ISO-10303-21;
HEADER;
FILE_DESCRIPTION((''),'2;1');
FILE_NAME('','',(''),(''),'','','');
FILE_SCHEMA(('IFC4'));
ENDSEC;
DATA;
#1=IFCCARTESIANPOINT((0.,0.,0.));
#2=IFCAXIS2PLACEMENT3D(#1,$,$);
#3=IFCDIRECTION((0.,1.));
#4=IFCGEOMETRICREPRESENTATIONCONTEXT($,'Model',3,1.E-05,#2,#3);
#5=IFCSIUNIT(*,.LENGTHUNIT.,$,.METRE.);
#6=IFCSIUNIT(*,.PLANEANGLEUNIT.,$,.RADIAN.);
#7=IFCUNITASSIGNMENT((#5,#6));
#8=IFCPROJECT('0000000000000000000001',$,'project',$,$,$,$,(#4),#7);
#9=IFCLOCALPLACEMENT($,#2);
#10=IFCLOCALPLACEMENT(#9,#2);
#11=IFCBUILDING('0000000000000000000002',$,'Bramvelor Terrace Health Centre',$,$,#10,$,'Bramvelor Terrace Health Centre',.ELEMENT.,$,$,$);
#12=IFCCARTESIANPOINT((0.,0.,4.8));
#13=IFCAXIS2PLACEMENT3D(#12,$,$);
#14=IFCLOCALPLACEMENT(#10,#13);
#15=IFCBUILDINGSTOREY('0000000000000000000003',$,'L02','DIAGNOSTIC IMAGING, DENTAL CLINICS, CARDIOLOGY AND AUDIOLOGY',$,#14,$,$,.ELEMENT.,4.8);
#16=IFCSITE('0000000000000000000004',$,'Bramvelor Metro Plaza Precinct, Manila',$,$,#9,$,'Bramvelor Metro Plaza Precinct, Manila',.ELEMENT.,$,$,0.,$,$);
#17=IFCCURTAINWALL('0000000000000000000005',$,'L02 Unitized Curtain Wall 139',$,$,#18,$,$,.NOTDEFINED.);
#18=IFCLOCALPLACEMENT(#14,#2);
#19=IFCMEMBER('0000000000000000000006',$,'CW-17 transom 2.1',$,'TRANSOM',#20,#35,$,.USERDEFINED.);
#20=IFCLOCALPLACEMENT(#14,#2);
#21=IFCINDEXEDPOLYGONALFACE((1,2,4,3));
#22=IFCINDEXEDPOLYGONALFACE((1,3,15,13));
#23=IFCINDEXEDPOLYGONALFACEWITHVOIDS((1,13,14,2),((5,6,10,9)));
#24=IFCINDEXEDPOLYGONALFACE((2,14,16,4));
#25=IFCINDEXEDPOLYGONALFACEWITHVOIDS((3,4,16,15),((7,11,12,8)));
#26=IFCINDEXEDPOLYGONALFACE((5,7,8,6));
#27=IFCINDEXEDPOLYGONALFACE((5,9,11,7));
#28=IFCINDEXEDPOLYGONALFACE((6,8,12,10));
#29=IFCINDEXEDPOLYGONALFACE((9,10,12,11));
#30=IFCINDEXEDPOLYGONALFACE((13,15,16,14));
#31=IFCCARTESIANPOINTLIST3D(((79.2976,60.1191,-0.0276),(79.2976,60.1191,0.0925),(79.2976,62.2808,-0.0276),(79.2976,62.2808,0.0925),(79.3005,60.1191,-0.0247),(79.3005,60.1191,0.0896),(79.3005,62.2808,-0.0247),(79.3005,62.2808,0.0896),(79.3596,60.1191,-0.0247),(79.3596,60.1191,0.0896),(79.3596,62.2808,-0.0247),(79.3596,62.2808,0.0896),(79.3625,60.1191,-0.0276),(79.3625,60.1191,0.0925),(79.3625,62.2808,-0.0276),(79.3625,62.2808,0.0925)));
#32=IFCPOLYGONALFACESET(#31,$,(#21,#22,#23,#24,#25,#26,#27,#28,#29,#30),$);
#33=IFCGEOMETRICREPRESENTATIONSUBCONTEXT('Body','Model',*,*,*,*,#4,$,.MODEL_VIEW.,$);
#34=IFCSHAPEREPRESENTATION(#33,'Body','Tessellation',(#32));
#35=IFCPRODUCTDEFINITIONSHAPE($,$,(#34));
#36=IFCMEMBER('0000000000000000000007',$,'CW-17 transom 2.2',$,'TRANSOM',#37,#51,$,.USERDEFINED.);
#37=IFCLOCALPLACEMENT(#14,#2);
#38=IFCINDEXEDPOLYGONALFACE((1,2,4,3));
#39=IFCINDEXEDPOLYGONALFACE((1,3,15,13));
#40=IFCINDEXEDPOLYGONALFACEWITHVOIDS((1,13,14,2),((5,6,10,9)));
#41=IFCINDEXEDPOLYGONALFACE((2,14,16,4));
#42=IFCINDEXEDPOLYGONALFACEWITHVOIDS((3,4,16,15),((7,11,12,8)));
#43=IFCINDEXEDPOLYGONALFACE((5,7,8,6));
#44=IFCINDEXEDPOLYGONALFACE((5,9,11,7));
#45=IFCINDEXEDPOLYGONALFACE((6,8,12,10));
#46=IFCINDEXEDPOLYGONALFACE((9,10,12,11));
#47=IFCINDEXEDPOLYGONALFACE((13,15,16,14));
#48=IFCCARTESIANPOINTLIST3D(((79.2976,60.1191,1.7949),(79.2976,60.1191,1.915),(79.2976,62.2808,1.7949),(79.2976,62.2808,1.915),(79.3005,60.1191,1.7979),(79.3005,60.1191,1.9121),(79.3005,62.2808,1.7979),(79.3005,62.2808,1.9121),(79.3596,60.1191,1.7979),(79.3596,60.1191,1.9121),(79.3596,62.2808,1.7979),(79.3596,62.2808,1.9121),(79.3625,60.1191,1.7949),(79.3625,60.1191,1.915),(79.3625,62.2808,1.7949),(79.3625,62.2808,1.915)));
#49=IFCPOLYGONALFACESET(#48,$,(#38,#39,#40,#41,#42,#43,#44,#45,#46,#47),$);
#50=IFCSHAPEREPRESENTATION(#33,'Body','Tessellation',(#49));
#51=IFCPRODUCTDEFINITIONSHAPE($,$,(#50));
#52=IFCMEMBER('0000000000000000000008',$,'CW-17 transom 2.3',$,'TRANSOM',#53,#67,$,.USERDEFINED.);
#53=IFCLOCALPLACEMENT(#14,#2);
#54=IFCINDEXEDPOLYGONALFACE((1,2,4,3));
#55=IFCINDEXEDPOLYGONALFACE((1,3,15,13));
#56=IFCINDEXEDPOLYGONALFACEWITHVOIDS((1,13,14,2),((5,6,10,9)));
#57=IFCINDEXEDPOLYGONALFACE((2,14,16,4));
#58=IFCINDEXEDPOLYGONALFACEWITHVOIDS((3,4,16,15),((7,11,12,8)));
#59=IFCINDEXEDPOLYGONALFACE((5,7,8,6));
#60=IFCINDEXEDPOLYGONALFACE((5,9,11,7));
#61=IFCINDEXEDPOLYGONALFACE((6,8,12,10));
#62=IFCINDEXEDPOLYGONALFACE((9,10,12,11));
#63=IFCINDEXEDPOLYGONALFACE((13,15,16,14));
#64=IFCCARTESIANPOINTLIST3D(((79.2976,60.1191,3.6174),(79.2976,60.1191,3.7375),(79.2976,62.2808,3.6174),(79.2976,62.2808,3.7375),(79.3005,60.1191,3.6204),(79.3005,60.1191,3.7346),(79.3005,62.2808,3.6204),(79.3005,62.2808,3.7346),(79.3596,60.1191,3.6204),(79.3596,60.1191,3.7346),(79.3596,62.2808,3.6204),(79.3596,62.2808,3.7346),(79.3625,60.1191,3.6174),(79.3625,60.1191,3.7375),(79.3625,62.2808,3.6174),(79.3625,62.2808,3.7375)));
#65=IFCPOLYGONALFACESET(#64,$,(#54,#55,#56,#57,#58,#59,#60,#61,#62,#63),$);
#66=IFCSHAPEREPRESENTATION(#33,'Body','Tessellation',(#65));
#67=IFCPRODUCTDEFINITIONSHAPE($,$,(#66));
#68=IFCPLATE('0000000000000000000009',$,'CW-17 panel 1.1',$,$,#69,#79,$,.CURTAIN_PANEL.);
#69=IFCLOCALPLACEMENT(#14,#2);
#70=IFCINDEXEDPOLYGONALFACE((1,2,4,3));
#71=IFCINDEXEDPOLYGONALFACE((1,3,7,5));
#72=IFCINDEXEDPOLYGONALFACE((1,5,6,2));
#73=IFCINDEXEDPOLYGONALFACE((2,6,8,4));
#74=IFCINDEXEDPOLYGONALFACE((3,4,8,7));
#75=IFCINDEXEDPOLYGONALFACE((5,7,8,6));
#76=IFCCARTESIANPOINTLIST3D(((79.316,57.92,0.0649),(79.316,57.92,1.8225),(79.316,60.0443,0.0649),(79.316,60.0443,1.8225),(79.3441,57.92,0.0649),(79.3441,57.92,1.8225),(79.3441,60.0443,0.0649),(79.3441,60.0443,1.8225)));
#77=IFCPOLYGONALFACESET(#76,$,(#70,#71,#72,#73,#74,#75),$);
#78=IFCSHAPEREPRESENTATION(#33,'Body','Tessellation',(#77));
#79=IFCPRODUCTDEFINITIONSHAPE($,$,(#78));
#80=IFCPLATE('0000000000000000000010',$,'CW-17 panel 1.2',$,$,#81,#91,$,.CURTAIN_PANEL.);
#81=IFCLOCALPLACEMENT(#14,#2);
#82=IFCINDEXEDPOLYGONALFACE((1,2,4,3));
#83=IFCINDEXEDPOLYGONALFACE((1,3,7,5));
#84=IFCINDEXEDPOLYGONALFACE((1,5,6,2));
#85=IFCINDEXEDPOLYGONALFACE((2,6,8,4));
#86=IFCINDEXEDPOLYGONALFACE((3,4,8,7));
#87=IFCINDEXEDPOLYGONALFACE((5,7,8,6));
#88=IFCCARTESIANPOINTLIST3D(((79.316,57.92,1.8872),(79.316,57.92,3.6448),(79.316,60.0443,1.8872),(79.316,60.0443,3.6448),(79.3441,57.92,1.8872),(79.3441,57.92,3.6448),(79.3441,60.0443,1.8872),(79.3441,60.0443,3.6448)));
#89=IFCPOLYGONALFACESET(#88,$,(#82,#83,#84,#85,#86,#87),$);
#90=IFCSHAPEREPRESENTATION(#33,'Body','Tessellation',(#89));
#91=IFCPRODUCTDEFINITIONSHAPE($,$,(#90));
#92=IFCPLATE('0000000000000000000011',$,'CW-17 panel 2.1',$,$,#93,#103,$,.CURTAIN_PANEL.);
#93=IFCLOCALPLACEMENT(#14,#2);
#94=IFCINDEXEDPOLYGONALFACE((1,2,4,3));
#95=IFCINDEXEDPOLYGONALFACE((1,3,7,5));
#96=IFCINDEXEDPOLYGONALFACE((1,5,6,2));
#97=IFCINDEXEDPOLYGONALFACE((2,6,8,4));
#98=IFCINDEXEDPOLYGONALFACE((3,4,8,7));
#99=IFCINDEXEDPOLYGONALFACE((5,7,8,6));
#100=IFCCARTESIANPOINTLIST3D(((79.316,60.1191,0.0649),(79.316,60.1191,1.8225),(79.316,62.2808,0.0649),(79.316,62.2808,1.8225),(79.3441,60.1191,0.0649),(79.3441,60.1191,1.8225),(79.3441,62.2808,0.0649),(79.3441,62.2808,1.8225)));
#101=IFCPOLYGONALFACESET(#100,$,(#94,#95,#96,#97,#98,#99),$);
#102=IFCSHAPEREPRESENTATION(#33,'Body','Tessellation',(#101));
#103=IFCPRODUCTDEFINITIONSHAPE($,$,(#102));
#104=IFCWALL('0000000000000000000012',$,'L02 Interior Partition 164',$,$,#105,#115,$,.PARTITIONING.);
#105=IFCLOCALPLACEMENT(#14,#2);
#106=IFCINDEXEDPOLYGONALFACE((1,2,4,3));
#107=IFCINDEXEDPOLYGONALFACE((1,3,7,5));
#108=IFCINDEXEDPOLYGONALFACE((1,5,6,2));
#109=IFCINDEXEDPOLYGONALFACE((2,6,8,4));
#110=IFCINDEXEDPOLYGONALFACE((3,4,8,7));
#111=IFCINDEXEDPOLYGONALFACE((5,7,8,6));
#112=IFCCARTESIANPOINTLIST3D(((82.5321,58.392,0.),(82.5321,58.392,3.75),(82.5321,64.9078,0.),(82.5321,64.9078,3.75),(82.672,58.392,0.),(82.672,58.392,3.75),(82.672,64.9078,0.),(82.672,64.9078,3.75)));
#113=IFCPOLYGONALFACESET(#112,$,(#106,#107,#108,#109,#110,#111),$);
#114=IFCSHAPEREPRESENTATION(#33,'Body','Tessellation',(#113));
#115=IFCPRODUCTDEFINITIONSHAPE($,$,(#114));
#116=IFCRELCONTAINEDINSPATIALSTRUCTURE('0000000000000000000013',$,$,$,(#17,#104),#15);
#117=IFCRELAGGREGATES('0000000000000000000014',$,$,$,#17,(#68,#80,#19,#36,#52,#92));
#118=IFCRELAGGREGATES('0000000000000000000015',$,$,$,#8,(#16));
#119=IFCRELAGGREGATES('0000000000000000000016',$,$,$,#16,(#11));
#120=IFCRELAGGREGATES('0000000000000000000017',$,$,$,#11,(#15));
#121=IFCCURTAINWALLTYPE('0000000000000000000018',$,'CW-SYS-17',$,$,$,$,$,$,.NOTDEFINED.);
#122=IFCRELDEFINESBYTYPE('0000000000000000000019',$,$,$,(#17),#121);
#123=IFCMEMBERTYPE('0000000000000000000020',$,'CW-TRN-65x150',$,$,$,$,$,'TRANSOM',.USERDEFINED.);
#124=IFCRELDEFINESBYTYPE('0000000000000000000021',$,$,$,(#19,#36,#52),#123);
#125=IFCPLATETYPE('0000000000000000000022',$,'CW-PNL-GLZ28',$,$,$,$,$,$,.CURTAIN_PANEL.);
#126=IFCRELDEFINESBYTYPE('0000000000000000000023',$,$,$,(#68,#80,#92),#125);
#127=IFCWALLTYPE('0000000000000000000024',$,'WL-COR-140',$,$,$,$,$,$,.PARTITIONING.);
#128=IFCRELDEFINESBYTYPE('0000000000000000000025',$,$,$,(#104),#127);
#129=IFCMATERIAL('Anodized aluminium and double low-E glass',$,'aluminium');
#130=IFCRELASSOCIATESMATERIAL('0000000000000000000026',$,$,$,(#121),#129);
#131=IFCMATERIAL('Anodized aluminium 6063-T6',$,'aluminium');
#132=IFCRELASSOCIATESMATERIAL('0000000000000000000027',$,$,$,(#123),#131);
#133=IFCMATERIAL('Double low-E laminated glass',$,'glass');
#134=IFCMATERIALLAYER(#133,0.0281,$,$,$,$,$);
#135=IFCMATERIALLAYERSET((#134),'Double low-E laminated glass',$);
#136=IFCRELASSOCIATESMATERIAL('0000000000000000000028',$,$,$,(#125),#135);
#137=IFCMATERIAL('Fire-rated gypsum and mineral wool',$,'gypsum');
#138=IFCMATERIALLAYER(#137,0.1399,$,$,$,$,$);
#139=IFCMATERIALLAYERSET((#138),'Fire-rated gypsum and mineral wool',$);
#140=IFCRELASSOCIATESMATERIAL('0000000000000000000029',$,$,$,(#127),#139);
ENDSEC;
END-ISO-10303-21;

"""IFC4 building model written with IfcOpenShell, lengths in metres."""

from ifc_helpers import new_model, si_unit, direction, frame, frame_2d, origin, origin_2d, place, context, subcontext, project, spatial, rectangle, hollow_rectangle, extrude, material, layer, layer_set, material_profile, profile_set, type_object, element, aggregate, save


model = new_model("IFC4")

# Units and contexts
model_context = context("Model", 3, precision=1e-05, world=origin(), true_north=direction((0.0, 1.0)))
body_context = subcontext(model_context, "Body", "Model", "MODEL_VIEW")
ifc_project = project(units=[si_unit("LENGTHUNIT", "METRE"), si_unit("PLANEANGLEUNIT", "RADIAN")], contexts=[model_context])

# Site, building, storey
site_placement = place(None, origin())
site = spatial("IfcSite", under=ifc_project, at=site_placement, Name="Bramvelor Metro Plaza Precinct, Manila", LongName="Bramvelor Metro Plaza Precinct, Manila", CompositionType="ELEMENT", RefElevation=0.0)
building_placement = place(site_placement, origin())
building = spatial("IfcBuilding", under=site, at=building_placement, Name="Bramvelor Terrace Health Centre", LongName="Bramvelor Terrace Health Centre", CompositionType="ELEMENT")
storey_placement = place(building_placement, frame((0.0, 0.0, 4.8)))
storey = spatial("IfcBuildingStorey", under=building, at=storey_placement, Name="L02", Description="DIAGNOSTIC IMAGING, DENTAL CLINICS, CARDIOLOGY AND AUDIOLOGY", CompositionType="ELEMENT", Elevation=4.8)

# Curtain wall, members, plates
ifc_material_1 = material(Name="Anodized aluminium and double low-E glass", Category="aluminium")
curtain_wall_type = type_object("IfcCurtainWallType", Name="CW-SYS-17", PredefinedType="NOTDEFINED", material=ifc_material_1)
curtain_wall_placement = place(storey_placement, origin())
curtain_wall = element("IfcCurtainWall", 1, at=curtain_wall_placement, inside=storey, type_object=curtain_wall_type, Name="L02 Unitized Curtain Wall 139", PredefinedType="NOTDEFINED")
ifc_material_2 = material(Name="Anodized aluminium 6063-T6", Category="aluminium")
ifc_material_profile_1 = material_profile(ifc_material_2, hollow_rectangle(XDim=0.0649, YDim=0.1201, WallThickness=0.0029, at=origin_2d()), Name="ALU-TRN 65x120x3.0")
ifc_profile_set_1 = profile_set([ifc_material_profile_1], Name="Anodized aluminium 6063-T6")
member_type_1 = type_object("IfcMemberType", Name="CW-TRN-65x150", ElementType="TRANSOM", PredefinedType="USERDEFINED", material=ifc_profile_set_1)
member_1_placement = place(storey_placement, frame((79.3301, 60.1191, 0.0325), z_axis=(0.0, 1.0, 0.0), x_axis=(-1.0, 0.0, 0.0)))
member_1 = element("IfcMember", 2, at=member_1_placement, type_object=member_type_1, Name="CW-17 transom 2.1", ObjectType="TRANSOM", PredefinedType="USERDEFINED", context=body_context, shape_type="SweptSolid", body=[
    extrude(hollow_rectangle(XDim=0.0649, YDim=0.1201, WallThickness=0.0029, at=origin_2d()), origin(), (0.0, 0.0, 1.0), 2.1616),
])
member_2_placement = place(storey_placement, frame((79.3301, 60.1191, 1.855), z_axis=(0.0, 1.0, 0.0), x_axis=(-1.0, 0.0, 0.0)))
member_2 = element("IfcMember", 3, at=member_2_placement, type_object=member_type_1, Name="CW-17 transom 2.2", ObjectType="TRANSOM", PredefinedType="USERDEFINED", context=body_context, shape_type="SweptSolid", body=[
    extrude(hollow_rectangle(XDim=0.0649, YDim=0.1201, WallThickness=0.0029, at=origin_2d()), origin(), (0.0, 0.0, 1.0), 2.1616),
])
member_3_placement = place(storey_placement, frame((79.3301, 60.1191, 3.6775), z_axis=(0.0, 1.0, 0.0), x_axis=(-1.0, 0.0, 0.0)))
member_3 = element("IfcMember", 4, at=member_3_placement, type_object=member_type_1, Name="CW-17 transom 2.3", ObjectType="TRANSOM", PredefinedType="USERDEFINED", context=body_context, shape_type="SweptSolid", body=[
    extrude(hollow_rectangle(XDim=0.0649, YDim=0.1201, WallThickness=0.0029, at=origin_2d()), origin(), (0.0, 0.0, 1.0), 2.1616),
])
ifc_material_3 = material(Name="Double low-E laminated glass", Category="glass")
ifc_layer_1 = layer(ifc_material_3, 0.0281)
ifc_layer_set_1 = layer_set([ifc_layer_1], Name="Double low-E laminated glass")
plate_type = type_object("IfcPlateType", Name="CW-PNL-GLZ28", PredefinedType="CURTAIN_PANEL", material=ifc_layer_set_1)
plate_1_placement = place(storey_placement, frame((79.3301, 58.9822, 0.0649), z_axis=(0.0, 0.0, 1.0), x_axis=(0.0, 1.0, 0.0)))
plate_1 = element("IfcPlate", 5, at=plate_1_placement, type_object=plate_type, Name="CW-17 panel 1.1", PredefinedType="CURTAIN_PANEL", context=body_context, shape_type="SweptSolid", body=[
    extrude(rectangle(XDim=2.1243, YDim=0.0281, at=origin_2d()), origin(), (0.0, 0.0, 1.0), 1.7576),
])
plate_2_placement = place(storey_placement, frame((79.3301, 58.9822, 1.8872), z_axis=(0.0, 0.0, 1.0), x_axis=(0.0, 1.0, 0.0)))
plate_2 = element("IfcPlate", 6, at=plate_2_placement, type_object=plate_type, Name="CW-17 panel 1.2", PredefinedType="CURTAIN_PANEL", context=body_context, shape_type="SweptSolid", body=[
    extrude(rectangle(XDim=2.1243, YDim=0.0281, at=origin_2d()), origin(), (0.0, 0.0, 1.0), 1.7576),
])
plate_3_placement = place(storey_placement, frame((79.3301, 61.2, 0.0649), z_axis=(0.0, 0.0, 1.0), x_axis=(0.0, 1.0, 0.0)))
plate_3 = element("IfcPlate", 7, at=plate_3_placement, type_object=plate_type, Name="CW-17 panel 2.1", PredefinedType="CURTAIN_PANEL", context=body_context, shape_type="SweptSolid", body=[
    extrude(rectangle(XDim=2.1616, YDim=0.0281, at=origin_2d()), origin(), (0.0, 0.0, 1.0), 1.7576),
])
aggregate(curtain_wall, [plate_1, plate_2, member_1, member_2, member_3, plate_3])

# Wall
ifc_material_4 = material(Name="Fire-rated gypsum and mineral wool", Category="gypsum")
ifc_layer_2 = layer(ifc_material_4, 0.1399)
ifc_layer_set_2 = layer_set([ifc_layer_2], Name="Fire-rated gypsum and mineral wool")
wall_type = type_object("IfcWallType", Name="WL-COR-140", PredefinedType="PARTITIONING", material=ifc_layer_set_2)
wall_placement = place(storey_placement, frame((82.6021, 58.3921, 0.0), z_axis=(0.0, 0.0, 1.0), x_axis=(0.0, 1.0, 0.0)))
element("IfcWall", 8, at=wall_placement, inside=storey, type_object=wall_type, Name="L02 Interior Partition 164", PredefinedType="PARTITIONING", context=body_context, shape_type="SweptSolid", body=[
    extrude(rectangle(XDim=6.5159, YDim=0.1399, at=frame_2d((3.2578, 0.0))), origin(), (0.0, 0.0, 1.0), 3.75),
])

save(model, "model.ifc")
